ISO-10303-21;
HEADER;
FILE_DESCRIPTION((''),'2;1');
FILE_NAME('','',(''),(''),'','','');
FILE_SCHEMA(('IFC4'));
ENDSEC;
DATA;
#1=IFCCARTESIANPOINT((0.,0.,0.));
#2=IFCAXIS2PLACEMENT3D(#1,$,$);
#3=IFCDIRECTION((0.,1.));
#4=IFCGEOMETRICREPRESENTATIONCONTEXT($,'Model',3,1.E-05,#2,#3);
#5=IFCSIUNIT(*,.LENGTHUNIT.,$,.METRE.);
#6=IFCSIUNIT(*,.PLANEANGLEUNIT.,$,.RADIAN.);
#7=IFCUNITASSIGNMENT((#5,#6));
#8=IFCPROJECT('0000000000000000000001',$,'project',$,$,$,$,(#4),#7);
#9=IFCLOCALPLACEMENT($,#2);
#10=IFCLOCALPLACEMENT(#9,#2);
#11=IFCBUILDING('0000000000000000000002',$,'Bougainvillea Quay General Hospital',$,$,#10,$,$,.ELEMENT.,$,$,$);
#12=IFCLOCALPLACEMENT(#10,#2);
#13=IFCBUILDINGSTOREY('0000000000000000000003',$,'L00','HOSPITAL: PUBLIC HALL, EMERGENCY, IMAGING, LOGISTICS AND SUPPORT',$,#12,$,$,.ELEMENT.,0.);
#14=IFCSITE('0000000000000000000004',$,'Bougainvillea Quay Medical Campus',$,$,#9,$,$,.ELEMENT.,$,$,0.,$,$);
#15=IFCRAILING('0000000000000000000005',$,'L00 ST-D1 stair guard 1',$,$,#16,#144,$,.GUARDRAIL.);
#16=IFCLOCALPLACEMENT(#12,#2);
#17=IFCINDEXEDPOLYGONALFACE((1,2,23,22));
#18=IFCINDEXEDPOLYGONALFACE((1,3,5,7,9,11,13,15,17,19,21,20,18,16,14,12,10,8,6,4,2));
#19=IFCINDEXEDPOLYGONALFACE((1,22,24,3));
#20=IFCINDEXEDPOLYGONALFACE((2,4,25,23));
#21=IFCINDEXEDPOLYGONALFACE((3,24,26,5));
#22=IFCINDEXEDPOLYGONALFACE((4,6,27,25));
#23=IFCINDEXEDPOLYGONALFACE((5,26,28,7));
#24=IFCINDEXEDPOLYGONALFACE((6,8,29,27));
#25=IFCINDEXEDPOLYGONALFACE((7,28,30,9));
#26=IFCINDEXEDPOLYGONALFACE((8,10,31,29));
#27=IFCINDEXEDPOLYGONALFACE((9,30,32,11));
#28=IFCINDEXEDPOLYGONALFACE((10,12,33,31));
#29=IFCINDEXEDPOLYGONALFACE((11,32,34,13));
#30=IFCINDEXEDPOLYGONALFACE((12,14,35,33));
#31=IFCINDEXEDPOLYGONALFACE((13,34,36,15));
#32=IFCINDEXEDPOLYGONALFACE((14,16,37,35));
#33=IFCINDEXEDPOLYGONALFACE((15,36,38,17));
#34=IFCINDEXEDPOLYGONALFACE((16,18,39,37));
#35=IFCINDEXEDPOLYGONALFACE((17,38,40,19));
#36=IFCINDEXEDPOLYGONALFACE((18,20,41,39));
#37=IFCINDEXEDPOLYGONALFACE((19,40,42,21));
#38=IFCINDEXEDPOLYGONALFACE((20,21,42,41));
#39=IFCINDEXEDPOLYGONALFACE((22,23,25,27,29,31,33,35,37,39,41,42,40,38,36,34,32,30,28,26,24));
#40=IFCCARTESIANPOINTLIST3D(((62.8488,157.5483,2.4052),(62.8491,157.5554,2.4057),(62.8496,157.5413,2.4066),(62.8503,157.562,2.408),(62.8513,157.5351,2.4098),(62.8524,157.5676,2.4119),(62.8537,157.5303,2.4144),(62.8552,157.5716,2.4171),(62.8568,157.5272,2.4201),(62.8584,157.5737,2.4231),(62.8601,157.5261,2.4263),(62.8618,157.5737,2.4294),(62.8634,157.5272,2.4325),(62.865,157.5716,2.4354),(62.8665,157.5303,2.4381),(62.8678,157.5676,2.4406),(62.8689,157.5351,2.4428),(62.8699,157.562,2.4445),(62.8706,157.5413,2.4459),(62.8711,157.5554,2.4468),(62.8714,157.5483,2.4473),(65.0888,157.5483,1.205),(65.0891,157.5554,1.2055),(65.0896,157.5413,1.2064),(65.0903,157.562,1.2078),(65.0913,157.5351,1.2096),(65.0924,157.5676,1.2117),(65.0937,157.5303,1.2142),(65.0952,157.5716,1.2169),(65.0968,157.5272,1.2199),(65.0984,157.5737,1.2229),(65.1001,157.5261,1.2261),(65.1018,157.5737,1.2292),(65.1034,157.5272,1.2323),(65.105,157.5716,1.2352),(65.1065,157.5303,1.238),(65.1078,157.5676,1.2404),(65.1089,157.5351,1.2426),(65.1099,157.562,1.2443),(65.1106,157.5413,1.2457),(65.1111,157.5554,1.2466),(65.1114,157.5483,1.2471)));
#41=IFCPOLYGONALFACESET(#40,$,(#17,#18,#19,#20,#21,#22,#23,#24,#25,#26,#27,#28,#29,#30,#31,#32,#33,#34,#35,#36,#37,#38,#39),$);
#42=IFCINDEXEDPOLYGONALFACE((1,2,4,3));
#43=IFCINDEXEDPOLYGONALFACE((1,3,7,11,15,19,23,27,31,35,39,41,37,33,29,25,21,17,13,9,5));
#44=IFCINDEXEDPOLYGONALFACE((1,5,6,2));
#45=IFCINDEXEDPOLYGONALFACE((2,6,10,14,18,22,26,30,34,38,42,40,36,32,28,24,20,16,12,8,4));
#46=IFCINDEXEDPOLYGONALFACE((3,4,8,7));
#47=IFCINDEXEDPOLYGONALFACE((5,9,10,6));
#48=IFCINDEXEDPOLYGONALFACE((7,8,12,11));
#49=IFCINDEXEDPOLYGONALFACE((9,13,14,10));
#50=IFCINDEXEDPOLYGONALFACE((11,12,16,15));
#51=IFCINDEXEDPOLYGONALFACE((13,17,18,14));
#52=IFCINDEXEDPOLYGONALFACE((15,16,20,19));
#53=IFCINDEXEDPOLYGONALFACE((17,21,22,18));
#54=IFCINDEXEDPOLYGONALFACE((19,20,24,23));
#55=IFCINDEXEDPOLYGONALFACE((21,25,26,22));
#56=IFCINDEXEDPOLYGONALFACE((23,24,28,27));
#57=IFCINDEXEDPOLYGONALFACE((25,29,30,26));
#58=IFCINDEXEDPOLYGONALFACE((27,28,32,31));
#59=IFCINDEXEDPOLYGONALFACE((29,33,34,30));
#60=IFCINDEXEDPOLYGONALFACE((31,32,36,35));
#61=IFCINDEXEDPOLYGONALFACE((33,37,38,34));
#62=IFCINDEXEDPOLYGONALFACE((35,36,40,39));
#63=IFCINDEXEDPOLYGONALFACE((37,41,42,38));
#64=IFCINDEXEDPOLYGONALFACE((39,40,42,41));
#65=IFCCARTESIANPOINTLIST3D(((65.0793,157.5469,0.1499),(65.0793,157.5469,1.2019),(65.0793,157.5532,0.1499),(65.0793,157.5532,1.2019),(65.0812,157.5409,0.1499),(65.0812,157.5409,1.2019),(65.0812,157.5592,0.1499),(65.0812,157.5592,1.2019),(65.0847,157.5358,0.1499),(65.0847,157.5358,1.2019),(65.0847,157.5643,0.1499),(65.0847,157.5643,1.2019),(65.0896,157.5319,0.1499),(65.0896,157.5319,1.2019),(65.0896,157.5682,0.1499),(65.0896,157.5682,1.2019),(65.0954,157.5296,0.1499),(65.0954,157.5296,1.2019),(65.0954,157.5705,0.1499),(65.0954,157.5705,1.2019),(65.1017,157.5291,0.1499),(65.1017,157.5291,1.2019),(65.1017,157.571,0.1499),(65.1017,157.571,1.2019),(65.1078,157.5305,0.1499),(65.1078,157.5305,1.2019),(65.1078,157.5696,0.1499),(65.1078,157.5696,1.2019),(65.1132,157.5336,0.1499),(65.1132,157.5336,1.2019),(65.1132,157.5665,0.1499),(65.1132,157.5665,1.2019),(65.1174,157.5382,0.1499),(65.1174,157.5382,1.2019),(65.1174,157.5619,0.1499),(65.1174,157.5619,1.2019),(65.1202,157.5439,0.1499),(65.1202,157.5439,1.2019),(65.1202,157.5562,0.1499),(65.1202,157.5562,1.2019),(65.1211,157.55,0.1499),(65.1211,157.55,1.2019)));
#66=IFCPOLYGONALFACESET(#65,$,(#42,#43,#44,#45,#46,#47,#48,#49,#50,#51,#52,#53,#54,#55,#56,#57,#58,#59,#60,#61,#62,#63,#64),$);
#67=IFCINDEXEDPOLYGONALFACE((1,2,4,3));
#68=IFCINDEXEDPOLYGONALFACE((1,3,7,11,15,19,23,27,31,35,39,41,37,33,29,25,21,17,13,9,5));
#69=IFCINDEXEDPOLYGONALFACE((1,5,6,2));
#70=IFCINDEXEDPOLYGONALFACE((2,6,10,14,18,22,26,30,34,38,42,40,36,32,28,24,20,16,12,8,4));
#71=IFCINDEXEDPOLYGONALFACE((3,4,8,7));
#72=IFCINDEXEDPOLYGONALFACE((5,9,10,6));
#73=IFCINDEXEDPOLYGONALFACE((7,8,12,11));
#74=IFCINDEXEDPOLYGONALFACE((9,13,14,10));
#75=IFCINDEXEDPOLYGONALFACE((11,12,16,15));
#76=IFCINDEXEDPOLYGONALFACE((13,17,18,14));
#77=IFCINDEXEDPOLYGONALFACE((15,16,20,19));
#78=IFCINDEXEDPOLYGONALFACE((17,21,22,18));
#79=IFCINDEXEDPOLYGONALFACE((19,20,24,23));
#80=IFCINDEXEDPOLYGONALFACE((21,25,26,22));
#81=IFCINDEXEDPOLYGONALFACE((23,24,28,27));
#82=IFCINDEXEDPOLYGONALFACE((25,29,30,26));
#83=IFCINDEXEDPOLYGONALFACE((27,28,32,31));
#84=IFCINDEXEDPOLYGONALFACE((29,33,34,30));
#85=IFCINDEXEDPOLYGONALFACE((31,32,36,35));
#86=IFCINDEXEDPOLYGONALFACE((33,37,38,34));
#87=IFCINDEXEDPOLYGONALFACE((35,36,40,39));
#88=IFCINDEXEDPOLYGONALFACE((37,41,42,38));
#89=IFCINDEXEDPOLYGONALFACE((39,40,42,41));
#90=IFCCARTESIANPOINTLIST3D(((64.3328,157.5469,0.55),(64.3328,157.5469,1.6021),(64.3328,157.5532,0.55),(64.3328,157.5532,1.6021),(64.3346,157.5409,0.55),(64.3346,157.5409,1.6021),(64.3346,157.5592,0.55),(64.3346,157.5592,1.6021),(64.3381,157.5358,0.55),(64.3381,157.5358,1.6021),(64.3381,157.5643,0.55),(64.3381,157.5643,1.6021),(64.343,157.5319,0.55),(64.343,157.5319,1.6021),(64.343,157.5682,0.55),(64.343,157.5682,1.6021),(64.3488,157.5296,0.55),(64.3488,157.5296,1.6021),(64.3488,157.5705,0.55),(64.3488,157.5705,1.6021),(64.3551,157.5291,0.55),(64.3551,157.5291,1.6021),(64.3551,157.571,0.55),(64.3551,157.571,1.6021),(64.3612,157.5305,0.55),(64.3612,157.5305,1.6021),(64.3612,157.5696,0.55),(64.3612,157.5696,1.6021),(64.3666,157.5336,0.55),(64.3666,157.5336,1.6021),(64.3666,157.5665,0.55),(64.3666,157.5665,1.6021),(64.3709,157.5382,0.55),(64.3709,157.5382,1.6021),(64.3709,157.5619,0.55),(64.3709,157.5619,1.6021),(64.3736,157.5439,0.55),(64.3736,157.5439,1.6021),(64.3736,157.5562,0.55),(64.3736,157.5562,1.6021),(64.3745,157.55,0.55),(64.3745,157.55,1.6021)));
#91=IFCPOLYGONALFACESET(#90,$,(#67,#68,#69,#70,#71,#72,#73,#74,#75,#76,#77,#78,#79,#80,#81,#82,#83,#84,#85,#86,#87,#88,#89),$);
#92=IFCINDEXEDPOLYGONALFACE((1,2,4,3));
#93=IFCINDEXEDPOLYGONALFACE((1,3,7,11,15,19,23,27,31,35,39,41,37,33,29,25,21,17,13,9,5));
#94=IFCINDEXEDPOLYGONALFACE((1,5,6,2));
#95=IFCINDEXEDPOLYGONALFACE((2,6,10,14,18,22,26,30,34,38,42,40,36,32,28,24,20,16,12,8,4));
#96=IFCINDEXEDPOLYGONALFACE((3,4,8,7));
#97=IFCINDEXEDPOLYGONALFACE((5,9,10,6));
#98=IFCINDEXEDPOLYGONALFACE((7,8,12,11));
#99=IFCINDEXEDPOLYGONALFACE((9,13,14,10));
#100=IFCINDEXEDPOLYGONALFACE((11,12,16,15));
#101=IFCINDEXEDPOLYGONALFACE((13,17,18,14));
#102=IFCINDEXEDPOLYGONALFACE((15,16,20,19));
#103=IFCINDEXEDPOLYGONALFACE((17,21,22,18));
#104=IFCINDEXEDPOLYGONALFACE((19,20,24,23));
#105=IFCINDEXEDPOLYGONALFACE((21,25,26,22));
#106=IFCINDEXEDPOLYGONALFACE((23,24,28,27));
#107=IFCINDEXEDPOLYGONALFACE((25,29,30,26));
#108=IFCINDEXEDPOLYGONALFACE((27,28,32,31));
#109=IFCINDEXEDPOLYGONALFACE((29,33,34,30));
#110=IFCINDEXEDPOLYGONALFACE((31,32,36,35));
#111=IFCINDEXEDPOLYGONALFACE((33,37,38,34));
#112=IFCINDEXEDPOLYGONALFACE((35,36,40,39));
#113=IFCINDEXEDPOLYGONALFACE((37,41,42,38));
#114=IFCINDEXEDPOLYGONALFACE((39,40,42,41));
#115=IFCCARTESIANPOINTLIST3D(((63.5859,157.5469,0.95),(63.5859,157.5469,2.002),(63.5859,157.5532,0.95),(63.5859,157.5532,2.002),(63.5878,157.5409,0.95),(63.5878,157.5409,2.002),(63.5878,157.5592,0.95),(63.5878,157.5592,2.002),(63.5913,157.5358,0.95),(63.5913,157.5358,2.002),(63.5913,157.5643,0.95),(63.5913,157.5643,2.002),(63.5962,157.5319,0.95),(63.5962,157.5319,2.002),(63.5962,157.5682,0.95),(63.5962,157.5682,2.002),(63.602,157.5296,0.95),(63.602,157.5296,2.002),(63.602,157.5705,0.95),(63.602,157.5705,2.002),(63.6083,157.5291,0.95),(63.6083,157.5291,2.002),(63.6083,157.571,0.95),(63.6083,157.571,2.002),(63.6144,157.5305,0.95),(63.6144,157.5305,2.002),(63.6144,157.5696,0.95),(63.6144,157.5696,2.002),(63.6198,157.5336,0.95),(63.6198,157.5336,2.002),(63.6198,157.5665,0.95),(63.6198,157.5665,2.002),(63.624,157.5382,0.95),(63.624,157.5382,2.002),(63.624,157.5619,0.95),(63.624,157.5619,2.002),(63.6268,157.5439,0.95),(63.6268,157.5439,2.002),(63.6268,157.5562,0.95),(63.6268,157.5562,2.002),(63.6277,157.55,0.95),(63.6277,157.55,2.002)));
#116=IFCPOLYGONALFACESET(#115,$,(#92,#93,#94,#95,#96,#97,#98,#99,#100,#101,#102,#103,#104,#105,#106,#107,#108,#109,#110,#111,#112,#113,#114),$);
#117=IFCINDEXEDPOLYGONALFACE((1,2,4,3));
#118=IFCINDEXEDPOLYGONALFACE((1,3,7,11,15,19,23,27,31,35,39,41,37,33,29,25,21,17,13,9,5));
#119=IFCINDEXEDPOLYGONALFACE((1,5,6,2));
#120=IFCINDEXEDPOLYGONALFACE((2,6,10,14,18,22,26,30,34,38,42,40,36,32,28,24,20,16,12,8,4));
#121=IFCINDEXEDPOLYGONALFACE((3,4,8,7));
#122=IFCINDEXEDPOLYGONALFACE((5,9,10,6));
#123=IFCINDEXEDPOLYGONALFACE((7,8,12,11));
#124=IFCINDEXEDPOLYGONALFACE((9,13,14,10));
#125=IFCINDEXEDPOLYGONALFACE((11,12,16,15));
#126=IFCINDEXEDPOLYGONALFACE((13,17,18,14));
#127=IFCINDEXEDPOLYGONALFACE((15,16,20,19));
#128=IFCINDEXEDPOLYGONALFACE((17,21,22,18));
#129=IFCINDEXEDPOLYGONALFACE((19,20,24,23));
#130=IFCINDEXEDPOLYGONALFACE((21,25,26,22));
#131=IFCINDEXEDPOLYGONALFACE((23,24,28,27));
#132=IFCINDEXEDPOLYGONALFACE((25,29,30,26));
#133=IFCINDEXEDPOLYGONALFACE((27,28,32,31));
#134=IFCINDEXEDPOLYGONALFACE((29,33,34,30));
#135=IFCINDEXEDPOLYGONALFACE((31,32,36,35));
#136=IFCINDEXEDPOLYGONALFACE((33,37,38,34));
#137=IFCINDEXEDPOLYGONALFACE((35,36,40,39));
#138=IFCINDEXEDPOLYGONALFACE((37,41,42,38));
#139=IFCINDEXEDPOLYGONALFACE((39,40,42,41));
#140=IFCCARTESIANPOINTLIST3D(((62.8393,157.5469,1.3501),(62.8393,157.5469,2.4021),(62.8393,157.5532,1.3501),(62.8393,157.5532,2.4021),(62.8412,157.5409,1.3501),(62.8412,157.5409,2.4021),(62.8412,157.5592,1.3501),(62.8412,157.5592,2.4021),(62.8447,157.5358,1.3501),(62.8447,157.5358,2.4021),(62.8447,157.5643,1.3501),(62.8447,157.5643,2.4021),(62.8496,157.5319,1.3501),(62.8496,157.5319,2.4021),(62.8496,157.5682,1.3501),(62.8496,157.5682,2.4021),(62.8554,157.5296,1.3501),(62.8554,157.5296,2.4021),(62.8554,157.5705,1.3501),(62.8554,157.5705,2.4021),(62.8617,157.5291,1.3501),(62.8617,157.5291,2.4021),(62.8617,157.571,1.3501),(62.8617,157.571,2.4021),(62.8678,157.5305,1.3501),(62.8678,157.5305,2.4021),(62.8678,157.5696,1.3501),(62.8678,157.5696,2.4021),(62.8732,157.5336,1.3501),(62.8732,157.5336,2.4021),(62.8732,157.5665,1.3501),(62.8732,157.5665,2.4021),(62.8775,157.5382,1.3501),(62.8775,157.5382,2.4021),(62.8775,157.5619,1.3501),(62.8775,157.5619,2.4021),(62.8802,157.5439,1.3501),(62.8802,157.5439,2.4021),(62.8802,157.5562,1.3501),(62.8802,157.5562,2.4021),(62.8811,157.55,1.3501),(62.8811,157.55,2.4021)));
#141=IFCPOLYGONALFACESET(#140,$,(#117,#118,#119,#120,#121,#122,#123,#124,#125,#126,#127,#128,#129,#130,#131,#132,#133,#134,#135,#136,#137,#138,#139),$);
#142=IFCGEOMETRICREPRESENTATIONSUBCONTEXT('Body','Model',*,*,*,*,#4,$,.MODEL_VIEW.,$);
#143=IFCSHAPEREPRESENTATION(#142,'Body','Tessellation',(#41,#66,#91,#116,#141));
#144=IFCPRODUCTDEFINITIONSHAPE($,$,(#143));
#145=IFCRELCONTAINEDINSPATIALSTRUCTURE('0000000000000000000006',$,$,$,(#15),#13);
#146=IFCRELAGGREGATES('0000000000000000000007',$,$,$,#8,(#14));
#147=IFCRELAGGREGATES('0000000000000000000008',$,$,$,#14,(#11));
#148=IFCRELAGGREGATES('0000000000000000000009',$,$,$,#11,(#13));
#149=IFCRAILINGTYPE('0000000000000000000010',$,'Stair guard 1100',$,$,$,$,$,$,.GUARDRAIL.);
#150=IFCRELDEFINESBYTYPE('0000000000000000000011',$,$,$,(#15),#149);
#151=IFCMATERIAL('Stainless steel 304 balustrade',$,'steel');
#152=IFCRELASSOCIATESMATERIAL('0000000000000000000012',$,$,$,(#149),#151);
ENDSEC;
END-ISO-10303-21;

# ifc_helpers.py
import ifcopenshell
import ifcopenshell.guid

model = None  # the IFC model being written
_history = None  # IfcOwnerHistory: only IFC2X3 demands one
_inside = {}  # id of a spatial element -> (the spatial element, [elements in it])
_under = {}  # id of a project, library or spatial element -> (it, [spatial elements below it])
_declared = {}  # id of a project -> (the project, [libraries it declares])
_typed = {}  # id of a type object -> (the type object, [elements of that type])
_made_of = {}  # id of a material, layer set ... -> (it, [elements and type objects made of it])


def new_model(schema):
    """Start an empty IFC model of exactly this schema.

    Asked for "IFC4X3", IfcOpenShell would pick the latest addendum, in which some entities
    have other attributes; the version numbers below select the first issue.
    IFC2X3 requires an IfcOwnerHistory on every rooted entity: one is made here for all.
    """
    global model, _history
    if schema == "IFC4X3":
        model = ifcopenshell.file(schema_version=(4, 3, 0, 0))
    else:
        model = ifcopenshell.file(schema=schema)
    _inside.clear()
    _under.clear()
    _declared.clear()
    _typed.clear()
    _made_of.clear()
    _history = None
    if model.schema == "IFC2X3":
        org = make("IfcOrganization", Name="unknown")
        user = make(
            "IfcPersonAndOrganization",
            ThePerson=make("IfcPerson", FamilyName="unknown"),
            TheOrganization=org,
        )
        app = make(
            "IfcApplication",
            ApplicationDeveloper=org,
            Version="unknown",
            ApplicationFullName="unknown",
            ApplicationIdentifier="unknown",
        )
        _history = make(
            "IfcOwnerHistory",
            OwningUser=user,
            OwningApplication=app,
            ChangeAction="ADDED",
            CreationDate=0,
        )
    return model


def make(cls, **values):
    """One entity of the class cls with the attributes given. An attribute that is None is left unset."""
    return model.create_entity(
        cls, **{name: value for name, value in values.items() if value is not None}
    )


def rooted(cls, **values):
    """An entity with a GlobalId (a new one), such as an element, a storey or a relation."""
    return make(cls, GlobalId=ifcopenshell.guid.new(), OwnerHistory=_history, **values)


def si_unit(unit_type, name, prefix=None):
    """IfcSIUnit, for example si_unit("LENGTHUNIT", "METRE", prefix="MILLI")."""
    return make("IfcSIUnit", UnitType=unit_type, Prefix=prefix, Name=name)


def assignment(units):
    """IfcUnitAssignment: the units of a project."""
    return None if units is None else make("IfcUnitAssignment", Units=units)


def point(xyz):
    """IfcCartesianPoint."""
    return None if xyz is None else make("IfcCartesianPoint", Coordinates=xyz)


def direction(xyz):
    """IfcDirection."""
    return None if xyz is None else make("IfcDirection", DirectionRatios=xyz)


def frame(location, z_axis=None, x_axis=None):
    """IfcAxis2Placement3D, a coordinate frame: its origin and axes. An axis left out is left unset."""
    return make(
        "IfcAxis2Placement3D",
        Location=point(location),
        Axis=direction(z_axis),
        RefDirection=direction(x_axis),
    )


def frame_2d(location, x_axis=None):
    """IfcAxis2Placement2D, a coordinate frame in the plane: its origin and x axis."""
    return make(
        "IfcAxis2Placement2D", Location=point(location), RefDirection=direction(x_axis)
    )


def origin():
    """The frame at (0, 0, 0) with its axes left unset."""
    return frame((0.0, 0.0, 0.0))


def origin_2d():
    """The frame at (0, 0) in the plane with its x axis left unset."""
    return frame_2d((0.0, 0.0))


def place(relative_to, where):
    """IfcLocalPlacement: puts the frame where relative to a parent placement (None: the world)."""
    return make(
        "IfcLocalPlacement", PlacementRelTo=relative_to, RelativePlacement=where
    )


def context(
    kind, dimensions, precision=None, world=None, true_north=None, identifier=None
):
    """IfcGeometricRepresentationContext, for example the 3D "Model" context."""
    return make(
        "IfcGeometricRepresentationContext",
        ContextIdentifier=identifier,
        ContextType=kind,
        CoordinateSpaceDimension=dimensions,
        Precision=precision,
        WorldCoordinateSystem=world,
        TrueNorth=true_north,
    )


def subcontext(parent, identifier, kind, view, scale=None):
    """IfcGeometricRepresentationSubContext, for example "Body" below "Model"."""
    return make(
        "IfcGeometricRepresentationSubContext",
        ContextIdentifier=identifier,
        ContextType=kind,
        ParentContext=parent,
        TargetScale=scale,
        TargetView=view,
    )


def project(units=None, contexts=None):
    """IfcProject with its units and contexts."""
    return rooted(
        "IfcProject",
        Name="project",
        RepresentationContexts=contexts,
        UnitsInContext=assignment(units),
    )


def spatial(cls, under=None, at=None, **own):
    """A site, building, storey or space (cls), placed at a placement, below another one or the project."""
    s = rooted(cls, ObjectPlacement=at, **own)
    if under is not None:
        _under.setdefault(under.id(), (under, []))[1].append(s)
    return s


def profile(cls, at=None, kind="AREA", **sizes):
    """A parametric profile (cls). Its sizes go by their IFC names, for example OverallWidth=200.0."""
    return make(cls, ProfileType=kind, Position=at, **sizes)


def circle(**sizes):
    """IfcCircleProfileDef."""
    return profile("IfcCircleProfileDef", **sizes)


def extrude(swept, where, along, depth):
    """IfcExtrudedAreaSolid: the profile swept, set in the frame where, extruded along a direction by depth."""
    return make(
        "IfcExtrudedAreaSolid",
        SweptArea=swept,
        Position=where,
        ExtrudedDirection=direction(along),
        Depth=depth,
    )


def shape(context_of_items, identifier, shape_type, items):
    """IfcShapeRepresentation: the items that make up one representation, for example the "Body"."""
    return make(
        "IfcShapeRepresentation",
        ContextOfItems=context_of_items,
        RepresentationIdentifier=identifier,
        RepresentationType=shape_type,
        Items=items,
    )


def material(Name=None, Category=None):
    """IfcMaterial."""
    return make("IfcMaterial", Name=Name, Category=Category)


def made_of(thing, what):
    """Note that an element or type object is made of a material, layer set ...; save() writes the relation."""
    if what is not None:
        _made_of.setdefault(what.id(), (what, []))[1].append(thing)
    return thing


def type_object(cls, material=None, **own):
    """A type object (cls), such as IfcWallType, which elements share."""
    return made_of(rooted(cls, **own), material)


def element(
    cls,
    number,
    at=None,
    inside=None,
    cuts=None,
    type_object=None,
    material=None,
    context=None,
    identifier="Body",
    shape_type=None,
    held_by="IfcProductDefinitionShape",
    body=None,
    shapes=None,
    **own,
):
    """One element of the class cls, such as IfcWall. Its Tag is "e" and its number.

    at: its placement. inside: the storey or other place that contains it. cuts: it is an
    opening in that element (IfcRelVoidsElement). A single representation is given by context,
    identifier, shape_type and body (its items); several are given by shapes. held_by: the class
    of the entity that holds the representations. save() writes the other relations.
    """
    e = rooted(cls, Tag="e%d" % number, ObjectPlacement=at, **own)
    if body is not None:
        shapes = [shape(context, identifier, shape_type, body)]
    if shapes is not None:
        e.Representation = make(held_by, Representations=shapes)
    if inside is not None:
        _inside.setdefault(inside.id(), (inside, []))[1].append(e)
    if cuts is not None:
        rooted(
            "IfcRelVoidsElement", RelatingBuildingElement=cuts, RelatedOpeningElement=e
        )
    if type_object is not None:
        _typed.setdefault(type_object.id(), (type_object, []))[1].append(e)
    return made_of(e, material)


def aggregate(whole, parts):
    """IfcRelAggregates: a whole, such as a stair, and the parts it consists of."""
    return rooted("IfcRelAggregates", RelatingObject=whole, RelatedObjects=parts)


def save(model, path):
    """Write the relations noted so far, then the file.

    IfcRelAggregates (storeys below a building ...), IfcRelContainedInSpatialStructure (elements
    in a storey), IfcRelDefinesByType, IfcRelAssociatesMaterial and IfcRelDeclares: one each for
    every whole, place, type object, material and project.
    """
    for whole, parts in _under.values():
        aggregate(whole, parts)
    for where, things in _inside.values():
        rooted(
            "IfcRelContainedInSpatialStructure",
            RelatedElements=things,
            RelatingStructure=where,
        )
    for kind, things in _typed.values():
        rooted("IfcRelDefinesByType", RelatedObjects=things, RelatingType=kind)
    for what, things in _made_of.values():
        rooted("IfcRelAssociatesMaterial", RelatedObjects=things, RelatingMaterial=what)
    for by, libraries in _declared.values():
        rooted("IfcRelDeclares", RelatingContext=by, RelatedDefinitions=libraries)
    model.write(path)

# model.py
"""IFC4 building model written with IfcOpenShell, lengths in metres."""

from ifc_helpers import new_model, si_unit, direction, frame, origin, origin_2d, place, context, subcontext, project, spatial, circle, extrude, material, type_object, element, save


model = new_model("IFC4")

# Units and contexts
model_context = context("Model", 3, precision=1e-05, world=origin(), true_north=direction((0.0, 1.0)))
body_context = subcontext(model_context, "Body", "Model", "MODEL_VIEW")
ifc_project = project(units=[si_unit("LENGTHUNIT", "METRE"), si_unit("PLANEANGLEUNIT", "RADIAN")], contexts=[model_context])

# Site, building, storey
site_placement = place(None, origin())
site = spatial("IfcSite", under=ifc_project, at=site_placement, Name="Bougainvillea Quay Medical Campus", CompositionType="ELEMENT", RefElevation=0.0)
building_placement = place(site_placement, origin())
building = spatial("IfcBuilding", under=site, at=building_placement, Name="Bougainvillea Quay General Hospital", CompositionType="ELEMENT")
storey_placement = place(building_placement, origin())
storey = spatial("IfcBuildingStorey", under=building, at=storey_placement, Name="L00", Description="HOSPITAL: PUBLIC HALL, EMERGENCY, IMAGING, LOGISTICS AND SUPPORT", CompositionType="ELEMENT", Elevation=0.0)

# Railing
ifc_material_1 = material(Name="Stainless steel 304 balustrade", Category="steel")
railing_type_1 = type_object("IfcRailingType", Name="Stair guard 1100", PredefinedType="GUARDRAIL", material=ifc_material_1)
railing_1_placement = place(storey_placement, frame((65.1001, 157.55, 0.1499)))
element("IfcRailing", 1, at=railing_1_placement, inside=storey, type_object=railing_type_1, Name="L00 ST-D1 stair guard 1", PredefinedType="GUARDRAIL", context=body_context, shape_type="SweptSolid", body=[
    extrude(circle(Radius=0.0239, at=origin_2d()), frame((0.0, 0.0, 1.0762), z_axis=(-0.881447, 0.0, 0.472283), x_axis=(0.0, -1.0, 0.0)), (0.0, 0.0, 1.0), 2.5413),
    extrude(circle(Radius=0.021, at=origin_2d()), origin(), (0.0, 0.0, 1.0), 1.052),
    extrude(circle(Radius=0.021, at=origin_2d()), frame((-0.7466, 0.0, 0.4001)), (0.0, 0.0, 1.0), 1.052),
    extrude(circle(Radius=0.021, at=origin_2d()), frame((-1.4934, 0.0, 0.8)), (0.0, 0.0, 1.0), 1.052),
    extrude(circle(Radius=0.021, at=origin_2d()), frame((-2.24, 0.0, 1.2002)), (0.0, 0.0, 1.0), 1.052),
])

save(model, "model.ifc")
